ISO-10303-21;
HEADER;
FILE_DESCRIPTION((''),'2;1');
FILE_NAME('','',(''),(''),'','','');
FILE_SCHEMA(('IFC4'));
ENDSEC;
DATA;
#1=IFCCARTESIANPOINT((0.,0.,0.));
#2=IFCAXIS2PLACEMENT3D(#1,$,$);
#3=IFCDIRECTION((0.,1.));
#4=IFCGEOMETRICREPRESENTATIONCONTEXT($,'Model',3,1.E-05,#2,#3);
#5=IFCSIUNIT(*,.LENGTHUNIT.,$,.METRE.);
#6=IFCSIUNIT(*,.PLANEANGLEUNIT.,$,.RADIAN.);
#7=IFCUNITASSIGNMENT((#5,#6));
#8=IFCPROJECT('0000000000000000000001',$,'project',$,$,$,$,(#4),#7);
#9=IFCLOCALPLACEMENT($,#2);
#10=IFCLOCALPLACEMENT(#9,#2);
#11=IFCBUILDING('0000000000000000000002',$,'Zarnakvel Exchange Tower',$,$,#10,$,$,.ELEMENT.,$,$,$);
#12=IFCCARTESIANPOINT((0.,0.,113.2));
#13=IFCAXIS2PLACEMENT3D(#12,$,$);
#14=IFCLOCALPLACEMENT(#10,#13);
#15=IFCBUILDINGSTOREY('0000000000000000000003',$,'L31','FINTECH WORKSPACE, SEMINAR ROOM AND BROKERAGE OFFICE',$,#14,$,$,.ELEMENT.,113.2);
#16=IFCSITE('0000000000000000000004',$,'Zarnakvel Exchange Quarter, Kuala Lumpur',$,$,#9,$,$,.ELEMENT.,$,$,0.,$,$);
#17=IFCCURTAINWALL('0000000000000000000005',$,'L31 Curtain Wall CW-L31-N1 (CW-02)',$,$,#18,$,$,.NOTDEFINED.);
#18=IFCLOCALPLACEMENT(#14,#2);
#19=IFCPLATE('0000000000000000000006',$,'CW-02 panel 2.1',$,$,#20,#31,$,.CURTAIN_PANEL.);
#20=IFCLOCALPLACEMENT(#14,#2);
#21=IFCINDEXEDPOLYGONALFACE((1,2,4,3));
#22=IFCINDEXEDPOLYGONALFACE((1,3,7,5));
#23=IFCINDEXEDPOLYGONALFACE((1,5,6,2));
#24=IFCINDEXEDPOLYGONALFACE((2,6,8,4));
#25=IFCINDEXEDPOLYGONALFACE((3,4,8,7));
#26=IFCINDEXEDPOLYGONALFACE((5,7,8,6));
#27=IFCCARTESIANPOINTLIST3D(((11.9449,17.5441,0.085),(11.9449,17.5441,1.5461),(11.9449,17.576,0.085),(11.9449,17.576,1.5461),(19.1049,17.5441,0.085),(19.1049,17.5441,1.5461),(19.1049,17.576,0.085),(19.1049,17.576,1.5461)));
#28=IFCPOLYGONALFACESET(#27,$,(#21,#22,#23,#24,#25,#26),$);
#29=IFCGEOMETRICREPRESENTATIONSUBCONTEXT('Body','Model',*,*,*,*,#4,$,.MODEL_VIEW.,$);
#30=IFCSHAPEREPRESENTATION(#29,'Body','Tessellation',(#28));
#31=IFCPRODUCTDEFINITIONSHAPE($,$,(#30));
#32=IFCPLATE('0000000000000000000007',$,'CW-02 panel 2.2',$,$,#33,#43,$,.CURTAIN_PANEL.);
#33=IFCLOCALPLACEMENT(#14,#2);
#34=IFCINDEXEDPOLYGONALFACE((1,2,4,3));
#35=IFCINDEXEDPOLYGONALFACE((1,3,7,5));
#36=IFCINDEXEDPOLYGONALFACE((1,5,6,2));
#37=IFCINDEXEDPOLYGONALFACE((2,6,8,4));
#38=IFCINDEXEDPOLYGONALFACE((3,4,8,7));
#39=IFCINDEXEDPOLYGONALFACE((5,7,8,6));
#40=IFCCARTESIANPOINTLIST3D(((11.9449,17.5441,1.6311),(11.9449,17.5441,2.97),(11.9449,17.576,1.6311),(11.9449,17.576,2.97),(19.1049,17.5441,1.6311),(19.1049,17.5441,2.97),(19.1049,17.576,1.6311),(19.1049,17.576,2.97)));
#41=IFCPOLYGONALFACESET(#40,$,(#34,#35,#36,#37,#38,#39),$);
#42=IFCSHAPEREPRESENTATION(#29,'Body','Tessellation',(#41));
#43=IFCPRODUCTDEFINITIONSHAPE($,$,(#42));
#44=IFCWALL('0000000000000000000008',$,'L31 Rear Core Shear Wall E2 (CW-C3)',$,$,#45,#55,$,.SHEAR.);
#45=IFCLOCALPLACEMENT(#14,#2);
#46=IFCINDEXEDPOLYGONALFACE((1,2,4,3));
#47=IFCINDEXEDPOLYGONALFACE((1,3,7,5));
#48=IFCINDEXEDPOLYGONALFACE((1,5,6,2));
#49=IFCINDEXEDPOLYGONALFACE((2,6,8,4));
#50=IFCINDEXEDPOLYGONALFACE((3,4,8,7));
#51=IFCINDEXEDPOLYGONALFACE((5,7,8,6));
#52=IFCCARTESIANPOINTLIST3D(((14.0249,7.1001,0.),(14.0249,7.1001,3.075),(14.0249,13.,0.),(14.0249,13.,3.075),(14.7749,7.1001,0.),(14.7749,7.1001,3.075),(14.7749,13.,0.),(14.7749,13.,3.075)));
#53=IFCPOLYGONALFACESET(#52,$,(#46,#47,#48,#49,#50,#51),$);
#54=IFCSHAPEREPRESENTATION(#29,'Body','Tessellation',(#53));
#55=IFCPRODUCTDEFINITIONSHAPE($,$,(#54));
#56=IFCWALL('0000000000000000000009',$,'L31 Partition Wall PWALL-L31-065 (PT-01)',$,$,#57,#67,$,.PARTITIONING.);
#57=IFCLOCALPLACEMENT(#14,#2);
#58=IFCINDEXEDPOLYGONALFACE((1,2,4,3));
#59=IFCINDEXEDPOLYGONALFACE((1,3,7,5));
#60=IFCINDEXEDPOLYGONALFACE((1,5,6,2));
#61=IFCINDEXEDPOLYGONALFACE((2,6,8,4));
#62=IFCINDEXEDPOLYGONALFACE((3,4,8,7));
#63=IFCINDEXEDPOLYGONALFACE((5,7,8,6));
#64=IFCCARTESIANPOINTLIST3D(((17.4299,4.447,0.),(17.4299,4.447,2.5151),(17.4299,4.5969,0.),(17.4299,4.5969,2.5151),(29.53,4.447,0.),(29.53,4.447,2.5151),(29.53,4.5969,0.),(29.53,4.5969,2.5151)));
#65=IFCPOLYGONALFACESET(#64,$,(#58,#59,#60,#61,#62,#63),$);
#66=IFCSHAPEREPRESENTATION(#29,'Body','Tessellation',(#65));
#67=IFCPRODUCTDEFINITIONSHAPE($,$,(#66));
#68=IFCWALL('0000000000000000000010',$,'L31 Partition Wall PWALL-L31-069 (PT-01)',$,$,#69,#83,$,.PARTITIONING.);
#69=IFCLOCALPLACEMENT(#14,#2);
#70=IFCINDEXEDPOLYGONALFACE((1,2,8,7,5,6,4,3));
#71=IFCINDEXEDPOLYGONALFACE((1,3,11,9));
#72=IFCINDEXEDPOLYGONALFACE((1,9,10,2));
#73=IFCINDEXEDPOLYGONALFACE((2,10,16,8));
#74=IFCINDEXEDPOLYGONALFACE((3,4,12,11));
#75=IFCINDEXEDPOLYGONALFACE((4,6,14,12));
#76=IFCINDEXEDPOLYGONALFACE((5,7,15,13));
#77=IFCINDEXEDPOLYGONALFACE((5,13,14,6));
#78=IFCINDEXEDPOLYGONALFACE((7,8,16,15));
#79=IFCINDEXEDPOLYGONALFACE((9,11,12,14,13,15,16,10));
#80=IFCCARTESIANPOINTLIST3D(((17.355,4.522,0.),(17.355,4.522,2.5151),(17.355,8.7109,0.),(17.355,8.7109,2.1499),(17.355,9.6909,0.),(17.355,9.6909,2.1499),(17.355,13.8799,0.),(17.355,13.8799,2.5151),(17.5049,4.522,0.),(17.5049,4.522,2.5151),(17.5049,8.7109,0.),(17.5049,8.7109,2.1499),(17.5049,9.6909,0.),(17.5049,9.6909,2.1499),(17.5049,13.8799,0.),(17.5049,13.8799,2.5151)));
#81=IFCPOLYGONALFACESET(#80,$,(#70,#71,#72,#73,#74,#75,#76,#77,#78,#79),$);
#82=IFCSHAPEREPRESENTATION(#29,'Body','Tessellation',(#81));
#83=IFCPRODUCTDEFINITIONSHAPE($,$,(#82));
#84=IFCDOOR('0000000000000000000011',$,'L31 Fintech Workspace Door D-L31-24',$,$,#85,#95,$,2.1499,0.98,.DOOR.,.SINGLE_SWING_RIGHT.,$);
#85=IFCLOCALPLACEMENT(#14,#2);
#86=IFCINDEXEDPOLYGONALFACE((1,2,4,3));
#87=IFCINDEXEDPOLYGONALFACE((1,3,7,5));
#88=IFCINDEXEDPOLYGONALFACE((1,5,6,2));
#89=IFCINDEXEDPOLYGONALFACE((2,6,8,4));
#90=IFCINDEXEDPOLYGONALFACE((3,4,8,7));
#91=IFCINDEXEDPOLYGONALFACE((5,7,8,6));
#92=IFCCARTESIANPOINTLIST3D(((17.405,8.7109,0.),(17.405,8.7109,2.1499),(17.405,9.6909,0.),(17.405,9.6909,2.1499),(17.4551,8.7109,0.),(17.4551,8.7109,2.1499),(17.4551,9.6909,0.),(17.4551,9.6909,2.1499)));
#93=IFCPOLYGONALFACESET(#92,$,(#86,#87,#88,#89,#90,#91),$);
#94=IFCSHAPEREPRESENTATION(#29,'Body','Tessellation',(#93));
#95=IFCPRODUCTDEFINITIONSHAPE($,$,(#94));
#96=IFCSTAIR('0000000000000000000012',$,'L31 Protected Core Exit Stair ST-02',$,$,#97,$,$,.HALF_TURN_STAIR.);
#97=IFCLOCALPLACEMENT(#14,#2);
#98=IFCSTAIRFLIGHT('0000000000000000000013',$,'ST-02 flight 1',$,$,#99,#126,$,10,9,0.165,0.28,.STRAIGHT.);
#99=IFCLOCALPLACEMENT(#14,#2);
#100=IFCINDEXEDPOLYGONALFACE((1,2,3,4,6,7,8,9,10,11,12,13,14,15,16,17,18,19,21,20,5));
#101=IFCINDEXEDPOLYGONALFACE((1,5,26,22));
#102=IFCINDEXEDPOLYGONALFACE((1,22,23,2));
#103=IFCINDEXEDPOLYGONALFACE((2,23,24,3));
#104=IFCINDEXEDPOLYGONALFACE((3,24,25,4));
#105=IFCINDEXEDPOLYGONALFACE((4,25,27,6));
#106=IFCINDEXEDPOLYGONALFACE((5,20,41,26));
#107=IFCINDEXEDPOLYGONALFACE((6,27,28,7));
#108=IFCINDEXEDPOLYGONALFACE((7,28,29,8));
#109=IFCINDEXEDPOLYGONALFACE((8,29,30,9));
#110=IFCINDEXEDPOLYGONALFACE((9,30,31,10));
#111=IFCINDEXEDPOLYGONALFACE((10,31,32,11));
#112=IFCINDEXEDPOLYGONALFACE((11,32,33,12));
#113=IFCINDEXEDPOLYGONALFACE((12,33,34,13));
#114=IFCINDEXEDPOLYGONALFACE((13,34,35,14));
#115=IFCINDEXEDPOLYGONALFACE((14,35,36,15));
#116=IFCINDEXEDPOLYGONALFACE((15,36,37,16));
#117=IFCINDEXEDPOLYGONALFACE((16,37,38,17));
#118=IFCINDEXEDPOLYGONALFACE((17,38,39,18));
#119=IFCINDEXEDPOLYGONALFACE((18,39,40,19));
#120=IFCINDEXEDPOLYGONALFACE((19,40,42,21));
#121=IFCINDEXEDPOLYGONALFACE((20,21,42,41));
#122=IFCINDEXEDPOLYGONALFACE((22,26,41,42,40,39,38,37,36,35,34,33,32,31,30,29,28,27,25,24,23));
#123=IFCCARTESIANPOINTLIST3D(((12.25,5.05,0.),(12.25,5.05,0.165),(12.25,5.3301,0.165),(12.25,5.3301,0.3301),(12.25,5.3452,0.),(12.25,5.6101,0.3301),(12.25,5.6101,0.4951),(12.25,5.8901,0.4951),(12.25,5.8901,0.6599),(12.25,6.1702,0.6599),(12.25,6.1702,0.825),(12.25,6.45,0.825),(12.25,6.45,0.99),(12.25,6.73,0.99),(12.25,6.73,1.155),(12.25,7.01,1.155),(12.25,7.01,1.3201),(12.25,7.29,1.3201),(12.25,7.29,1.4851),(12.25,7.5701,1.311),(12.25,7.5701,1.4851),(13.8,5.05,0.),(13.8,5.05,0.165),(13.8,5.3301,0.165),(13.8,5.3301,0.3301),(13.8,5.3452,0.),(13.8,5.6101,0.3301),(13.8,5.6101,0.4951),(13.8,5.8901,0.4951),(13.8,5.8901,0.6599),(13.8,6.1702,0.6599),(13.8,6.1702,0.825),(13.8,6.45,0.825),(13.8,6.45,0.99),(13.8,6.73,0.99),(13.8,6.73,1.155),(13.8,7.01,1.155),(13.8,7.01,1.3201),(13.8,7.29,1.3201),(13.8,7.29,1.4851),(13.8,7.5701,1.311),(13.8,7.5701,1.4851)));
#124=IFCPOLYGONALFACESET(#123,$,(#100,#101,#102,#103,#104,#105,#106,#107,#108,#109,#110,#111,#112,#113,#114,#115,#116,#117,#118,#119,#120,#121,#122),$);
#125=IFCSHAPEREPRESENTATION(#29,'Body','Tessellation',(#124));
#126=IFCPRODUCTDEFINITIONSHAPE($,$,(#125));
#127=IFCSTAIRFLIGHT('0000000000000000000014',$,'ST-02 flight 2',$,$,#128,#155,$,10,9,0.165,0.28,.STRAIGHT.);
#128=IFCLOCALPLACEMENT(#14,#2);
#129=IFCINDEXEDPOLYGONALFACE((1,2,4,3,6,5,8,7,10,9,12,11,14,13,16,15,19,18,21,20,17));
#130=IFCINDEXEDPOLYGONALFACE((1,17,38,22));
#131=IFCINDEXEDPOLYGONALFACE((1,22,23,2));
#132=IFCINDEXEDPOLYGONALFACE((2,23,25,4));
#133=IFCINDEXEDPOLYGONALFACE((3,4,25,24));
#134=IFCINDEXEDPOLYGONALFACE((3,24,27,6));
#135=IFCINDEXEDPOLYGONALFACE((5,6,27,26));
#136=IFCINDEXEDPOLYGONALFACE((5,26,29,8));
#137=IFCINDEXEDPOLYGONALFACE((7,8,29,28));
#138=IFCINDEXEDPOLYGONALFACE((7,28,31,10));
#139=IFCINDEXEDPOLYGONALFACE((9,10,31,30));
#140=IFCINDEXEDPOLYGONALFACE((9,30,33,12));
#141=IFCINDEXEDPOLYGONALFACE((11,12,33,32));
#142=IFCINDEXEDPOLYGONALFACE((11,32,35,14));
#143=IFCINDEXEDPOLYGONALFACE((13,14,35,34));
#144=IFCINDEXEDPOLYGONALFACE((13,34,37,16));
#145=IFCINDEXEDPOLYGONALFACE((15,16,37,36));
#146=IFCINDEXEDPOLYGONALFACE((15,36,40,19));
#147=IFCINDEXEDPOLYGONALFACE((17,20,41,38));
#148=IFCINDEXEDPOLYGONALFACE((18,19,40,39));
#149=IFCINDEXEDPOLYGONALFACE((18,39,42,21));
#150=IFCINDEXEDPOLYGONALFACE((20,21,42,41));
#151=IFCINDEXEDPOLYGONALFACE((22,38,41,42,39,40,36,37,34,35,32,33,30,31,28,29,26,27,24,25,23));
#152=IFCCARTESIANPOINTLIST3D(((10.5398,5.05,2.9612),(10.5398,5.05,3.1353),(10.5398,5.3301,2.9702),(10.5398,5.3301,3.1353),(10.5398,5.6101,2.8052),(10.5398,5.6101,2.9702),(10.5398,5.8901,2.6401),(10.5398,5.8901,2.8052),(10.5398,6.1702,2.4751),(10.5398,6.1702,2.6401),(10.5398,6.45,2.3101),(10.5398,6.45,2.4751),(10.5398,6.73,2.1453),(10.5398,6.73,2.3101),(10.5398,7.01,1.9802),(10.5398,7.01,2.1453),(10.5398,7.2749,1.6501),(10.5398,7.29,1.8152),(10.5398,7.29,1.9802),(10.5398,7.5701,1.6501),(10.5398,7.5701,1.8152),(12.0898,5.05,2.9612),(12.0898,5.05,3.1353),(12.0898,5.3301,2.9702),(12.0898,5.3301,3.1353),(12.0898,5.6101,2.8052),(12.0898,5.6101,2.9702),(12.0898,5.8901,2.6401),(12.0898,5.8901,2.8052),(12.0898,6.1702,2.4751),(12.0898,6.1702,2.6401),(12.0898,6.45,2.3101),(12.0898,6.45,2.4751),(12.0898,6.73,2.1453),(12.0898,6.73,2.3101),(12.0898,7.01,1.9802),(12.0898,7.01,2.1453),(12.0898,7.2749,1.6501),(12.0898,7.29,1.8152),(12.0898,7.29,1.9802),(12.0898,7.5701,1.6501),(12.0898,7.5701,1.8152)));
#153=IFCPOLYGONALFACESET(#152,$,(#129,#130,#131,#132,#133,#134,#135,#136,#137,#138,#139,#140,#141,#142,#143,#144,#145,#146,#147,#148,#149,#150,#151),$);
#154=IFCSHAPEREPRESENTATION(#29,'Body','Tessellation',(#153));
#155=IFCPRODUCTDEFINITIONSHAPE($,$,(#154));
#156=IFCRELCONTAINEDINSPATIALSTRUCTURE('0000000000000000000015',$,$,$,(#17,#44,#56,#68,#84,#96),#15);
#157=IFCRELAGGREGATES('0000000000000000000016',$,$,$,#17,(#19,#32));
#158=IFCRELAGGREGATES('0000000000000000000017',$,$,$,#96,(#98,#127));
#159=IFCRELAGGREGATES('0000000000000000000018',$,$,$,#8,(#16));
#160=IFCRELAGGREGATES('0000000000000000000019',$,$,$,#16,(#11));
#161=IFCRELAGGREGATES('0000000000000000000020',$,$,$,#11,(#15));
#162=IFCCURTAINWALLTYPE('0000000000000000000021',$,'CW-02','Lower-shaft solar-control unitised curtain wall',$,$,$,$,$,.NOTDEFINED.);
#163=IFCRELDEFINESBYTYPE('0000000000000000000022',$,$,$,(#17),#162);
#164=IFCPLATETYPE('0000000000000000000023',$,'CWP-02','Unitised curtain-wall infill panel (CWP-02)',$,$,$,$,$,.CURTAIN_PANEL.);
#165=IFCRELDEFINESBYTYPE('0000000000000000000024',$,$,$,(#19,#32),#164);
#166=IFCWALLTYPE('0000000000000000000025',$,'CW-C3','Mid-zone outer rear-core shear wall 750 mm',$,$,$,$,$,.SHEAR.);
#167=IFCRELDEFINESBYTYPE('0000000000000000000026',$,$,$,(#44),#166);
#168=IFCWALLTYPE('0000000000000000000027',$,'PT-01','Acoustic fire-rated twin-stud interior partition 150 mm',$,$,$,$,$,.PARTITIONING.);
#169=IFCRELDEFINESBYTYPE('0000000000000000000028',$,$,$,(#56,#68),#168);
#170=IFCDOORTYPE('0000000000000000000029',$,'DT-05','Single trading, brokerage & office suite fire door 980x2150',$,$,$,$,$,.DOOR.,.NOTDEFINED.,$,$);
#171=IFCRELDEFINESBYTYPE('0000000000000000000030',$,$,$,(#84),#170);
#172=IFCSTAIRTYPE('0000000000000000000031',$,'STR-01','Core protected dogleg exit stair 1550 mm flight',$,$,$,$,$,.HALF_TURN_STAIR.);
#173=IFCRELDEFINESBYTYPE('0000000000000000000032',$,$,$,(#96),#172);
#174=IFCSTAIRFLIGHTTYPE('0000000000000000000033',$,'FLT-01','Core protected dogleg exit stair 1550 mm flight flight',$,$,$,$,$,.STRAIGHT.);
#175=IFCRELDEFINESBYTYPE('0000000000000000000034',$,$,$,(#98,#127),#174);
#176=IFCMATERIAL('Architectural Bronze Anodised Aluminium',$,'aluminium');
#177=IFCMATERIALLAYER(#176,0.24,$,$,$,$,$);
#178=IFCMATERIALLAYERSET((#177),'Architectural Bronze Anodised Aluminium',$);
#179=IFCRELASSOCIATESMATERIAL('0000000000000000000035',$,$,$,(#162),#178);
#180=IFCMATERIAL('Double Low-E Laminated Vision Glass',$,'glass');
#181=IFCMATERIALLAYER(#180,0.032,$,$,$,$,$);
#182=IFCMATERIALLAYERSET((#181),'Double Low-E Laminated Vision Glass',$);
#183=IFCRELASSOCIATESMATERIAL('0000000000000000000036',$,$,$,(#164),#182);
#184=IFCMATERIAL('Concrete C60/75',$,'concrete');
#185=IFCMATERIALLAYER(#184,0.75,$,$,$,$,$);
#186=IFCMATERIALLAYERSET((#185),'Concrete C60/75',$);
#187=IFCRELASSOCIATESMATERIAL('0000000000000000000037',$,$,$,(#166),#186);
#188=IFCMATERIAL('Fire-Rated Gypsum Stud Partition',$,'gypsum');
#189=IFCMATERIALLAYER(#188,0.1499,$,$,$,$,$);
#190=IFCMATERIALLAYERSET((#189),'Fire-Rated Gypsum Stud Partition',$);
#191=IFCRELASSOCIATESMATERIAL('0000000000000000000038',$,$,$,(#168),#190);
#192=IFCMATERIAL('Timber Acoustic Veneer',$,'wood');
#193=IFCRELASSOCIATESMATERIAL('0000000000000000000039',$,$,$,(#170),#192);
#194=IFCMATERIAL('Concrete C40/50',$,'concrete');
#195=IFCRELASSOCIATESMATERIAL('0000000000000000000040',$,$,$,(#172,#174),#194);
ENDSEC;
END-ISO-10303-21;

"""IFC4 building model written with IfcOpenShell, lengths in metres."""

from ifc_helpers import new_model, si_unit, direction, frame, frame_2d, origin, origin_2d, place, context, subcontext, project, spatial, polyline, rectangle, outline, extrude, source, transform, mapped, material, layer, layer_set, type_object, element, fill, aggregate, save


model = new_model("IFC4")

# Units and contexts
model_context = context("Model", 3, precision=1e-05, world=origin(), true_north=direction((0.0, 1.0)))
body_context = subcontext(model_context, "Body", "Model", "MODEL_VIEW")
ifc_project = project(units=[si_unit("LENGTHUNIT", "METRE"), si_unit("PLANEANGLEUNIT", "RADIAN")], contexts=[model_context])

# Site, building, storey
site_placement = place(None, origin())
site = spatial("IfcSite", under=ifc_project, at=site_placement, Name="Zarnakvel Exchange Quarter, Kuala Lumpur", CompositionType="ELEMENT", RefElevation=0.0)
building_placement = place(site_placement, origin())
building = spatial("IfcBuilding", under=site, at=building_placement, Name="Zarnakvel Exchange Tower", CompositionType="ELEMENT")
storey_placement = place(building_placement, frame((0.0, 0.0, 113.2)))
storey = spatial("IfcBuildingStorey", under=building, at=storey_placement, Name="L31", Description="FINTECH WORKSPACE, SEMINAR ROOM AND BROKERAGE OFFICE", CompositionType="ELEMENT", Elevation=113.2)

# Shared definitions
ifc_material_1 = material(Name="Concrete C60/75", Category="concrete")

# Curtain wall, plates
ifc_material_2 = material(Name="Architectural Bronze Anodised Aluminium", Category="aluminium")
ifc_layer_1 = layer(ifc_material_2, 0.24)
ifc_layer_set_1 = layer_set([ifc_layer_1], Name="Architectural Bronze Anodised Aluminium")
curtain_wall_type = type_object("IfcCurtainWallType", Name="CW-02", Description="Lower-shaft solar-control unitised curtain wall", PredefinedType="NOTDEFINED", material=ifc_layer_set_1)
curtain_wall_placement = place(storey_placement, origin())
curtain_wall = element("IfcCurtainWall", 1, at=curtain_wall_placement, inside=storey, type_object=curtain_wall_type, Name="L31 Curtain Wall CW-L31-N1 (CW-02)", PredefinedType="NOTDEFINED")
ifc_material_3 = material(Name="Double Low-E Laminated Vision Glass", Category="glass")
ifc_layer_2 = layer(ifc_material_3, 0.032)
ifc_layer_set_2 = layer_set([ifc_layer_2], Name="Double Low-E Laminated Vision Glass")
plate_type = type_object("IfcPlateType", Name="CWP-02", Description="Unitised curtain-wall infill panel (CWP-02)", PredefinedType="CURTAIN_PANEL", material=ifc_layer_set_2)
shared_shape_1 = source(origin(), body_context, "Body", "SweptSolid", [
    extrude(rectangle(XDim=7.1599, YDim=0.032, at=origin_2d()), origin(), (0.0, 0.0, 1.0), 1.4612),
])
plate_1_placement = place(storey_placement, frame((15.5249, 17.5601, 0.085), z_axis=(0.0, 0.0, 1.0), x_axis=(1.0, 0.0, 0.0)))
plate_1 = element("IfcPlate", 2, at=plate_1_placement, type_object=plate_type, Name="CW-02 panel 2.1", PredefinedType="CURTAIN_PANEL", context=body_context, shape_type="MappedRepresentation", body=[
    mapped(shared_shape_1, transform((0.0, 0.0, 0.0), x_axis=(1.0, 0.0, 0.0), y_axis=(0.0, 1.0, 0.0), z_axis=(0.0, 0.0, 1.0), scale=1.0)),
])
shared_shape_2 = source(origin(), body_context, "Body", "SweptSolid", [
    extrude(rectangle(XDim=7.1599, YDim=0.032, at=origin_2d()), origin(), (0.0, 0.0, 1.0), 1.3389),
])
plate_2_placement = place(storey_placement, frame((15.5249, 17.5601, 1.6311), z_axis=(0.0, 0.0, 1.0), x_axis=(1.0, 0.0, 0.0)))
plate_2 = element("IfcPlate", 3, at=plate_2_placement, type_object=plate_type, Name="CW-02 panel 2.2", PredefinedType="CURTAIN_PANEL", context=body_context, shape_type="MappedRepresentation", body=[
    mapped(shared_shape_2, transform((0.0, 0.0, 0.0), x_axis=(1.0, 0.0, 0.0), y_axis=(0.0, 1.0, 0.0), z_axis=(0.0, 0.0, 1.0), scale=1.0)),
])
aggregate(curtain_wall, [plate_1, plate_2])

# Walls
ifc_layer_3 = layer(ifc_material_1, 0.75)
ifc_layer_set_3 = layer_set([ifc_layer_3], Name="Concrete C60/75")
wall_type_1 = type_object("IfcWallType", Name="CW-C3", Description="Mid-zone outer rear-core shear wall 750 mm", PredefinedType="SHEAR", material=ifc_layer_set_3)
wall_1_placement = place(storey_placement, frame((14.3999, 7.1001, 0.0), z_axis=(0.0, 0.0, 1.0), x_axis=(0.0, 1.0, 0.0)))
element("IfcWall", 4, at=wall_1_placement, inside=storey, type_object=wall_type_1, Name="L31 Rear Core Shear Wall E2 (CW-C3)", PredefinedType="SHEAR", context=body_context, shape_type="SweptSolid", body=[
    extrude(rectangle(XDim=5.8999, YDim=0.75, at=frame_2d((2.95, 0.0))), origin(), (0.0, 0.0, 1.0), 3.075),
])
ifc_material_4 = material(Name="Fire-Rated Gypsum Stud Partition", Category="gypsum")
ifc_layer_4 = layer(ifc_material_4, 0.1499)
ifc_layer_set_4 = layer_set([ifc_layer_4], Name="Fire-Rated Gypsum Stud Partition")
wall_type_2 = type_object("IfcWallType", Name="PT-01", Description="Acoustic fire-rated twin-stud interior partition 150 mm", PredefinedType="PARTITIONING", material=ifc_layer_set_4)
wall_2_placement = place(storey_placement, frame((17.4299, 4.522, 0.0), z_axis=(0.0, 0.0, 1.0), x_axis=(1.0, 0.0, 0.0)))
element("IfcWall", 5, at=wall_2_placement, inside=storey, type_object=wall_type_2, Name="L31 Partition Wall PWALL-L31-065 (PT-01)", PredefinedType="PARTITIONING", context=body_context, shape_type="SweptSolid", body=[
    extrude(rectangle(XDim=12.1001, YDim=0.1499, at=frame_2d((6.05, 0.0))), origin(), (0.0, 0.0, 1.0), 2.5151),
])

# Wall, opening, door
wall_3_placement = place(storey_placement, frame((17.4299, 4.522, 0.0), z_axis=(0.0, 0.0, 1.0), x_axis=(0.0, 1.0, 0.0)))
wall_3 = element("IfcWall", 6, at=wall_3_placement, inside=storey, type_object=wall_type_2, Name="L31 Partition Wall PWALL-L31-069 (PT-01)", PredefinedType="PARTITIONING", context=body_context, shape_type="SweptSolid", body=[
    extrude(rectangle(XDim=9.3579, YDim=0.1499, at=frame_2d((4.679, 0.0))), origin(), (0.0, 0.0, 1.0), 2.5151),
])
opening_placement = place(wall_3_placement, frame((4.189, 0.0, 0.0)))
opening = element("IfcOpeningElement", 7, at=opening_placement, cuts=wall_3, PredefinedType="OPENING", context=body_context, shape_type="SweptSolid", body=[
    extrude(rectangle(XDim=0.98, YDim=2.1499, at=frame_2d((0.49, 1.075))), frame((0.0, 0.085, 0.0), z_axis=(0.0, -1.0, 0.0), x_axis=(1.0, 0.0, 0.0)), (0.0, 0.0, 1.0), 0.1699),
])
ifc_material_5 = material(Name="Timber Acoustic Veneer", Category="wood")
door_type = type_object("IfcDoorType", Name="DT-05", Description="Single trading, brokerage & office suite fire door 980x2150", OperationType="NOTDEFINED", PredefinedType="DOOR", material=ifc_material_5)
shared_shape_3 = source(origin(), body_context, "Body", "SweptSolid", [
    extrude(rectangle(XDim=0.98, YDim=2.1499, at=frame_2d((0.49, 1.075))), frame((0.0, 0.0249, 0.0), z_axis=(0.0, -1.0, 0.0), x_axis=(1.0, 0.0, 0.0)), (0.0, 0.0, 1.0), 0.05),
])
door_placement = place(opening_placement, origin())
door = element("IfcDoor", 8, at=door_placement, inside=storey, type_object=door_type, Name="L31 Fintech Workspace Door D-L31-24", OperationType="SINGLE_SWING_RIGHT", OverallHeight=2.1499, OverallWidth=0.98, PredefinedType="DOOR", context=body_context, shape_type="MappedRepresentation", body=[
    mapped(shared_shape_3, transform((0.0, 0.0, 0.0), x_axis=(1.0, 0.0, 0.0), y_axis=(0.0, 1.0, 0.0), z_axis=(0.0, 0.0, 1.0), scale=1.0)),
])
fill(opening, door)

# Stair, stair flights
ifc_material_6 = material(Name="Concrete C40/50", Category="concrete")
stair_type = type_object("IfcStairType", Name="STR-01", Description="Core protected dogleg exit stair 1550 mm flight", PredefinedType="HALF_TURN_STAIR", material=ifc_material_6)
stair_placement = place(storey_placement, origin())
stair = element("IfcStair", 9, at=stair_placement, inside=storey, type_object=stair_type, Name="L31 Protected Core Exit Stair ST-02", PredefinedType="HALF_TURN_STAIR")
stair_flight_type = type_object("IfcStairFlightType", Name="FLT-01", Description="Core protected dogleg exit stair 1550 mm flight flight", PredefinedType="STRAIGHT", material=ifc_material_6)
stair_flight_1_placement = place(storey_placement, frame((13.0249, 5.05, 0.0), z_axis=(0.0, 0.0, 1.0), x_axis=(0.0, 1.0, 0.0)))
stair_flight_1 = element("IfcStairFlight", 10, at=stair_flight_1_placement, type_object=stair_flight_type, Name="ST-02 flight 1", NumberOfRisers=10, NumberOfTreads=9, PredefinedType="STRAIGHT", RiserHeight=0.165, TreadLength=0.28, context=body_context, shape_type="SweptSolid", body=[
    extrude(outline(polyline([(0.0, 0.0), (0.0, 0.165), (0.28, 0.165), (0.28, 0.3301), (0.5601, 0.3301), (0.5601, 0.4951), (0.8401, 0.4951), (0.8401, 0.6599), (1.1201, 0.6599), (1.1201, 0.825), (1.3999, 0.825), (1.3999, 0.99), (1.6799, 0.99), (1.6799, 1.155), (1.96, 1.155), (1.96, 1.3201), (2.24, 1.3201), (2.24, 1.4851), (2.52, 1.4851), (2.52, 1.6499), (2.52, 1.311), (0.2952, 0.0), (0.0, 0.0)])), frame((0.0, 0.7749, 0.0), z_axis=(0.0, -1.0, 0.0), x_axis=(1.0, 0.0, 0.0)), (0.0, 0.0, 1.0), 1.55),
])
stair_flight_2_placement = place(storey_placement, frame((11.3149, 7.5701, 1.6501), z_axis=(0.0, 0.0, 1.0), x_axis=(0.0, -1.0, 0.0)))
stair_flight_2 = element("IfcStairFlight", 11, at=stair_flight_2_placement, type_object=stair_flight_type, Name="ST-02 flight 2", NumberOfRisers=10, NumberOfTreads=9, PredefinedType="STRAIGHT", RiserHeight=0.165, TreadLength=0.28, context=body_context, shape_type="SweptSolid", body=[
    extrude(outline(polyline([(0.0, 0.0), (0.0, 0.165), (0.28, 0.165), (0.28, 0.3301), (0.5601, 0.3301), (0.5601, 0.4951), (0.8401, 0.4951), (0.8401, 0.6599), (1.1201, 0.6599), (1.1201, 0.825), (1.3999, 0.825), (1.3999, 0.99), (1.6799, 0.99), (1.6799, 1.155), (1.96, 1.155), (1.96, 1.3201), (2.24, 1.3201), (2.24, 1.4851), (2.52, 1.4851), (2.52, 1.6499), (2.52, 1.311), (0.2952, 0.0), (0.0, 0.0)])), frame((0.0, 0.7749, 0.0), z_axis=(0.0, -1.0, 0.0), x_axis=(1.0, 0.0, 0.0)), (0.0, 0.0, 1.0), 1.55),
])
aggregate(stair, [stair_flight_1, stair_flight_2])

save(model, "model.ifc")
